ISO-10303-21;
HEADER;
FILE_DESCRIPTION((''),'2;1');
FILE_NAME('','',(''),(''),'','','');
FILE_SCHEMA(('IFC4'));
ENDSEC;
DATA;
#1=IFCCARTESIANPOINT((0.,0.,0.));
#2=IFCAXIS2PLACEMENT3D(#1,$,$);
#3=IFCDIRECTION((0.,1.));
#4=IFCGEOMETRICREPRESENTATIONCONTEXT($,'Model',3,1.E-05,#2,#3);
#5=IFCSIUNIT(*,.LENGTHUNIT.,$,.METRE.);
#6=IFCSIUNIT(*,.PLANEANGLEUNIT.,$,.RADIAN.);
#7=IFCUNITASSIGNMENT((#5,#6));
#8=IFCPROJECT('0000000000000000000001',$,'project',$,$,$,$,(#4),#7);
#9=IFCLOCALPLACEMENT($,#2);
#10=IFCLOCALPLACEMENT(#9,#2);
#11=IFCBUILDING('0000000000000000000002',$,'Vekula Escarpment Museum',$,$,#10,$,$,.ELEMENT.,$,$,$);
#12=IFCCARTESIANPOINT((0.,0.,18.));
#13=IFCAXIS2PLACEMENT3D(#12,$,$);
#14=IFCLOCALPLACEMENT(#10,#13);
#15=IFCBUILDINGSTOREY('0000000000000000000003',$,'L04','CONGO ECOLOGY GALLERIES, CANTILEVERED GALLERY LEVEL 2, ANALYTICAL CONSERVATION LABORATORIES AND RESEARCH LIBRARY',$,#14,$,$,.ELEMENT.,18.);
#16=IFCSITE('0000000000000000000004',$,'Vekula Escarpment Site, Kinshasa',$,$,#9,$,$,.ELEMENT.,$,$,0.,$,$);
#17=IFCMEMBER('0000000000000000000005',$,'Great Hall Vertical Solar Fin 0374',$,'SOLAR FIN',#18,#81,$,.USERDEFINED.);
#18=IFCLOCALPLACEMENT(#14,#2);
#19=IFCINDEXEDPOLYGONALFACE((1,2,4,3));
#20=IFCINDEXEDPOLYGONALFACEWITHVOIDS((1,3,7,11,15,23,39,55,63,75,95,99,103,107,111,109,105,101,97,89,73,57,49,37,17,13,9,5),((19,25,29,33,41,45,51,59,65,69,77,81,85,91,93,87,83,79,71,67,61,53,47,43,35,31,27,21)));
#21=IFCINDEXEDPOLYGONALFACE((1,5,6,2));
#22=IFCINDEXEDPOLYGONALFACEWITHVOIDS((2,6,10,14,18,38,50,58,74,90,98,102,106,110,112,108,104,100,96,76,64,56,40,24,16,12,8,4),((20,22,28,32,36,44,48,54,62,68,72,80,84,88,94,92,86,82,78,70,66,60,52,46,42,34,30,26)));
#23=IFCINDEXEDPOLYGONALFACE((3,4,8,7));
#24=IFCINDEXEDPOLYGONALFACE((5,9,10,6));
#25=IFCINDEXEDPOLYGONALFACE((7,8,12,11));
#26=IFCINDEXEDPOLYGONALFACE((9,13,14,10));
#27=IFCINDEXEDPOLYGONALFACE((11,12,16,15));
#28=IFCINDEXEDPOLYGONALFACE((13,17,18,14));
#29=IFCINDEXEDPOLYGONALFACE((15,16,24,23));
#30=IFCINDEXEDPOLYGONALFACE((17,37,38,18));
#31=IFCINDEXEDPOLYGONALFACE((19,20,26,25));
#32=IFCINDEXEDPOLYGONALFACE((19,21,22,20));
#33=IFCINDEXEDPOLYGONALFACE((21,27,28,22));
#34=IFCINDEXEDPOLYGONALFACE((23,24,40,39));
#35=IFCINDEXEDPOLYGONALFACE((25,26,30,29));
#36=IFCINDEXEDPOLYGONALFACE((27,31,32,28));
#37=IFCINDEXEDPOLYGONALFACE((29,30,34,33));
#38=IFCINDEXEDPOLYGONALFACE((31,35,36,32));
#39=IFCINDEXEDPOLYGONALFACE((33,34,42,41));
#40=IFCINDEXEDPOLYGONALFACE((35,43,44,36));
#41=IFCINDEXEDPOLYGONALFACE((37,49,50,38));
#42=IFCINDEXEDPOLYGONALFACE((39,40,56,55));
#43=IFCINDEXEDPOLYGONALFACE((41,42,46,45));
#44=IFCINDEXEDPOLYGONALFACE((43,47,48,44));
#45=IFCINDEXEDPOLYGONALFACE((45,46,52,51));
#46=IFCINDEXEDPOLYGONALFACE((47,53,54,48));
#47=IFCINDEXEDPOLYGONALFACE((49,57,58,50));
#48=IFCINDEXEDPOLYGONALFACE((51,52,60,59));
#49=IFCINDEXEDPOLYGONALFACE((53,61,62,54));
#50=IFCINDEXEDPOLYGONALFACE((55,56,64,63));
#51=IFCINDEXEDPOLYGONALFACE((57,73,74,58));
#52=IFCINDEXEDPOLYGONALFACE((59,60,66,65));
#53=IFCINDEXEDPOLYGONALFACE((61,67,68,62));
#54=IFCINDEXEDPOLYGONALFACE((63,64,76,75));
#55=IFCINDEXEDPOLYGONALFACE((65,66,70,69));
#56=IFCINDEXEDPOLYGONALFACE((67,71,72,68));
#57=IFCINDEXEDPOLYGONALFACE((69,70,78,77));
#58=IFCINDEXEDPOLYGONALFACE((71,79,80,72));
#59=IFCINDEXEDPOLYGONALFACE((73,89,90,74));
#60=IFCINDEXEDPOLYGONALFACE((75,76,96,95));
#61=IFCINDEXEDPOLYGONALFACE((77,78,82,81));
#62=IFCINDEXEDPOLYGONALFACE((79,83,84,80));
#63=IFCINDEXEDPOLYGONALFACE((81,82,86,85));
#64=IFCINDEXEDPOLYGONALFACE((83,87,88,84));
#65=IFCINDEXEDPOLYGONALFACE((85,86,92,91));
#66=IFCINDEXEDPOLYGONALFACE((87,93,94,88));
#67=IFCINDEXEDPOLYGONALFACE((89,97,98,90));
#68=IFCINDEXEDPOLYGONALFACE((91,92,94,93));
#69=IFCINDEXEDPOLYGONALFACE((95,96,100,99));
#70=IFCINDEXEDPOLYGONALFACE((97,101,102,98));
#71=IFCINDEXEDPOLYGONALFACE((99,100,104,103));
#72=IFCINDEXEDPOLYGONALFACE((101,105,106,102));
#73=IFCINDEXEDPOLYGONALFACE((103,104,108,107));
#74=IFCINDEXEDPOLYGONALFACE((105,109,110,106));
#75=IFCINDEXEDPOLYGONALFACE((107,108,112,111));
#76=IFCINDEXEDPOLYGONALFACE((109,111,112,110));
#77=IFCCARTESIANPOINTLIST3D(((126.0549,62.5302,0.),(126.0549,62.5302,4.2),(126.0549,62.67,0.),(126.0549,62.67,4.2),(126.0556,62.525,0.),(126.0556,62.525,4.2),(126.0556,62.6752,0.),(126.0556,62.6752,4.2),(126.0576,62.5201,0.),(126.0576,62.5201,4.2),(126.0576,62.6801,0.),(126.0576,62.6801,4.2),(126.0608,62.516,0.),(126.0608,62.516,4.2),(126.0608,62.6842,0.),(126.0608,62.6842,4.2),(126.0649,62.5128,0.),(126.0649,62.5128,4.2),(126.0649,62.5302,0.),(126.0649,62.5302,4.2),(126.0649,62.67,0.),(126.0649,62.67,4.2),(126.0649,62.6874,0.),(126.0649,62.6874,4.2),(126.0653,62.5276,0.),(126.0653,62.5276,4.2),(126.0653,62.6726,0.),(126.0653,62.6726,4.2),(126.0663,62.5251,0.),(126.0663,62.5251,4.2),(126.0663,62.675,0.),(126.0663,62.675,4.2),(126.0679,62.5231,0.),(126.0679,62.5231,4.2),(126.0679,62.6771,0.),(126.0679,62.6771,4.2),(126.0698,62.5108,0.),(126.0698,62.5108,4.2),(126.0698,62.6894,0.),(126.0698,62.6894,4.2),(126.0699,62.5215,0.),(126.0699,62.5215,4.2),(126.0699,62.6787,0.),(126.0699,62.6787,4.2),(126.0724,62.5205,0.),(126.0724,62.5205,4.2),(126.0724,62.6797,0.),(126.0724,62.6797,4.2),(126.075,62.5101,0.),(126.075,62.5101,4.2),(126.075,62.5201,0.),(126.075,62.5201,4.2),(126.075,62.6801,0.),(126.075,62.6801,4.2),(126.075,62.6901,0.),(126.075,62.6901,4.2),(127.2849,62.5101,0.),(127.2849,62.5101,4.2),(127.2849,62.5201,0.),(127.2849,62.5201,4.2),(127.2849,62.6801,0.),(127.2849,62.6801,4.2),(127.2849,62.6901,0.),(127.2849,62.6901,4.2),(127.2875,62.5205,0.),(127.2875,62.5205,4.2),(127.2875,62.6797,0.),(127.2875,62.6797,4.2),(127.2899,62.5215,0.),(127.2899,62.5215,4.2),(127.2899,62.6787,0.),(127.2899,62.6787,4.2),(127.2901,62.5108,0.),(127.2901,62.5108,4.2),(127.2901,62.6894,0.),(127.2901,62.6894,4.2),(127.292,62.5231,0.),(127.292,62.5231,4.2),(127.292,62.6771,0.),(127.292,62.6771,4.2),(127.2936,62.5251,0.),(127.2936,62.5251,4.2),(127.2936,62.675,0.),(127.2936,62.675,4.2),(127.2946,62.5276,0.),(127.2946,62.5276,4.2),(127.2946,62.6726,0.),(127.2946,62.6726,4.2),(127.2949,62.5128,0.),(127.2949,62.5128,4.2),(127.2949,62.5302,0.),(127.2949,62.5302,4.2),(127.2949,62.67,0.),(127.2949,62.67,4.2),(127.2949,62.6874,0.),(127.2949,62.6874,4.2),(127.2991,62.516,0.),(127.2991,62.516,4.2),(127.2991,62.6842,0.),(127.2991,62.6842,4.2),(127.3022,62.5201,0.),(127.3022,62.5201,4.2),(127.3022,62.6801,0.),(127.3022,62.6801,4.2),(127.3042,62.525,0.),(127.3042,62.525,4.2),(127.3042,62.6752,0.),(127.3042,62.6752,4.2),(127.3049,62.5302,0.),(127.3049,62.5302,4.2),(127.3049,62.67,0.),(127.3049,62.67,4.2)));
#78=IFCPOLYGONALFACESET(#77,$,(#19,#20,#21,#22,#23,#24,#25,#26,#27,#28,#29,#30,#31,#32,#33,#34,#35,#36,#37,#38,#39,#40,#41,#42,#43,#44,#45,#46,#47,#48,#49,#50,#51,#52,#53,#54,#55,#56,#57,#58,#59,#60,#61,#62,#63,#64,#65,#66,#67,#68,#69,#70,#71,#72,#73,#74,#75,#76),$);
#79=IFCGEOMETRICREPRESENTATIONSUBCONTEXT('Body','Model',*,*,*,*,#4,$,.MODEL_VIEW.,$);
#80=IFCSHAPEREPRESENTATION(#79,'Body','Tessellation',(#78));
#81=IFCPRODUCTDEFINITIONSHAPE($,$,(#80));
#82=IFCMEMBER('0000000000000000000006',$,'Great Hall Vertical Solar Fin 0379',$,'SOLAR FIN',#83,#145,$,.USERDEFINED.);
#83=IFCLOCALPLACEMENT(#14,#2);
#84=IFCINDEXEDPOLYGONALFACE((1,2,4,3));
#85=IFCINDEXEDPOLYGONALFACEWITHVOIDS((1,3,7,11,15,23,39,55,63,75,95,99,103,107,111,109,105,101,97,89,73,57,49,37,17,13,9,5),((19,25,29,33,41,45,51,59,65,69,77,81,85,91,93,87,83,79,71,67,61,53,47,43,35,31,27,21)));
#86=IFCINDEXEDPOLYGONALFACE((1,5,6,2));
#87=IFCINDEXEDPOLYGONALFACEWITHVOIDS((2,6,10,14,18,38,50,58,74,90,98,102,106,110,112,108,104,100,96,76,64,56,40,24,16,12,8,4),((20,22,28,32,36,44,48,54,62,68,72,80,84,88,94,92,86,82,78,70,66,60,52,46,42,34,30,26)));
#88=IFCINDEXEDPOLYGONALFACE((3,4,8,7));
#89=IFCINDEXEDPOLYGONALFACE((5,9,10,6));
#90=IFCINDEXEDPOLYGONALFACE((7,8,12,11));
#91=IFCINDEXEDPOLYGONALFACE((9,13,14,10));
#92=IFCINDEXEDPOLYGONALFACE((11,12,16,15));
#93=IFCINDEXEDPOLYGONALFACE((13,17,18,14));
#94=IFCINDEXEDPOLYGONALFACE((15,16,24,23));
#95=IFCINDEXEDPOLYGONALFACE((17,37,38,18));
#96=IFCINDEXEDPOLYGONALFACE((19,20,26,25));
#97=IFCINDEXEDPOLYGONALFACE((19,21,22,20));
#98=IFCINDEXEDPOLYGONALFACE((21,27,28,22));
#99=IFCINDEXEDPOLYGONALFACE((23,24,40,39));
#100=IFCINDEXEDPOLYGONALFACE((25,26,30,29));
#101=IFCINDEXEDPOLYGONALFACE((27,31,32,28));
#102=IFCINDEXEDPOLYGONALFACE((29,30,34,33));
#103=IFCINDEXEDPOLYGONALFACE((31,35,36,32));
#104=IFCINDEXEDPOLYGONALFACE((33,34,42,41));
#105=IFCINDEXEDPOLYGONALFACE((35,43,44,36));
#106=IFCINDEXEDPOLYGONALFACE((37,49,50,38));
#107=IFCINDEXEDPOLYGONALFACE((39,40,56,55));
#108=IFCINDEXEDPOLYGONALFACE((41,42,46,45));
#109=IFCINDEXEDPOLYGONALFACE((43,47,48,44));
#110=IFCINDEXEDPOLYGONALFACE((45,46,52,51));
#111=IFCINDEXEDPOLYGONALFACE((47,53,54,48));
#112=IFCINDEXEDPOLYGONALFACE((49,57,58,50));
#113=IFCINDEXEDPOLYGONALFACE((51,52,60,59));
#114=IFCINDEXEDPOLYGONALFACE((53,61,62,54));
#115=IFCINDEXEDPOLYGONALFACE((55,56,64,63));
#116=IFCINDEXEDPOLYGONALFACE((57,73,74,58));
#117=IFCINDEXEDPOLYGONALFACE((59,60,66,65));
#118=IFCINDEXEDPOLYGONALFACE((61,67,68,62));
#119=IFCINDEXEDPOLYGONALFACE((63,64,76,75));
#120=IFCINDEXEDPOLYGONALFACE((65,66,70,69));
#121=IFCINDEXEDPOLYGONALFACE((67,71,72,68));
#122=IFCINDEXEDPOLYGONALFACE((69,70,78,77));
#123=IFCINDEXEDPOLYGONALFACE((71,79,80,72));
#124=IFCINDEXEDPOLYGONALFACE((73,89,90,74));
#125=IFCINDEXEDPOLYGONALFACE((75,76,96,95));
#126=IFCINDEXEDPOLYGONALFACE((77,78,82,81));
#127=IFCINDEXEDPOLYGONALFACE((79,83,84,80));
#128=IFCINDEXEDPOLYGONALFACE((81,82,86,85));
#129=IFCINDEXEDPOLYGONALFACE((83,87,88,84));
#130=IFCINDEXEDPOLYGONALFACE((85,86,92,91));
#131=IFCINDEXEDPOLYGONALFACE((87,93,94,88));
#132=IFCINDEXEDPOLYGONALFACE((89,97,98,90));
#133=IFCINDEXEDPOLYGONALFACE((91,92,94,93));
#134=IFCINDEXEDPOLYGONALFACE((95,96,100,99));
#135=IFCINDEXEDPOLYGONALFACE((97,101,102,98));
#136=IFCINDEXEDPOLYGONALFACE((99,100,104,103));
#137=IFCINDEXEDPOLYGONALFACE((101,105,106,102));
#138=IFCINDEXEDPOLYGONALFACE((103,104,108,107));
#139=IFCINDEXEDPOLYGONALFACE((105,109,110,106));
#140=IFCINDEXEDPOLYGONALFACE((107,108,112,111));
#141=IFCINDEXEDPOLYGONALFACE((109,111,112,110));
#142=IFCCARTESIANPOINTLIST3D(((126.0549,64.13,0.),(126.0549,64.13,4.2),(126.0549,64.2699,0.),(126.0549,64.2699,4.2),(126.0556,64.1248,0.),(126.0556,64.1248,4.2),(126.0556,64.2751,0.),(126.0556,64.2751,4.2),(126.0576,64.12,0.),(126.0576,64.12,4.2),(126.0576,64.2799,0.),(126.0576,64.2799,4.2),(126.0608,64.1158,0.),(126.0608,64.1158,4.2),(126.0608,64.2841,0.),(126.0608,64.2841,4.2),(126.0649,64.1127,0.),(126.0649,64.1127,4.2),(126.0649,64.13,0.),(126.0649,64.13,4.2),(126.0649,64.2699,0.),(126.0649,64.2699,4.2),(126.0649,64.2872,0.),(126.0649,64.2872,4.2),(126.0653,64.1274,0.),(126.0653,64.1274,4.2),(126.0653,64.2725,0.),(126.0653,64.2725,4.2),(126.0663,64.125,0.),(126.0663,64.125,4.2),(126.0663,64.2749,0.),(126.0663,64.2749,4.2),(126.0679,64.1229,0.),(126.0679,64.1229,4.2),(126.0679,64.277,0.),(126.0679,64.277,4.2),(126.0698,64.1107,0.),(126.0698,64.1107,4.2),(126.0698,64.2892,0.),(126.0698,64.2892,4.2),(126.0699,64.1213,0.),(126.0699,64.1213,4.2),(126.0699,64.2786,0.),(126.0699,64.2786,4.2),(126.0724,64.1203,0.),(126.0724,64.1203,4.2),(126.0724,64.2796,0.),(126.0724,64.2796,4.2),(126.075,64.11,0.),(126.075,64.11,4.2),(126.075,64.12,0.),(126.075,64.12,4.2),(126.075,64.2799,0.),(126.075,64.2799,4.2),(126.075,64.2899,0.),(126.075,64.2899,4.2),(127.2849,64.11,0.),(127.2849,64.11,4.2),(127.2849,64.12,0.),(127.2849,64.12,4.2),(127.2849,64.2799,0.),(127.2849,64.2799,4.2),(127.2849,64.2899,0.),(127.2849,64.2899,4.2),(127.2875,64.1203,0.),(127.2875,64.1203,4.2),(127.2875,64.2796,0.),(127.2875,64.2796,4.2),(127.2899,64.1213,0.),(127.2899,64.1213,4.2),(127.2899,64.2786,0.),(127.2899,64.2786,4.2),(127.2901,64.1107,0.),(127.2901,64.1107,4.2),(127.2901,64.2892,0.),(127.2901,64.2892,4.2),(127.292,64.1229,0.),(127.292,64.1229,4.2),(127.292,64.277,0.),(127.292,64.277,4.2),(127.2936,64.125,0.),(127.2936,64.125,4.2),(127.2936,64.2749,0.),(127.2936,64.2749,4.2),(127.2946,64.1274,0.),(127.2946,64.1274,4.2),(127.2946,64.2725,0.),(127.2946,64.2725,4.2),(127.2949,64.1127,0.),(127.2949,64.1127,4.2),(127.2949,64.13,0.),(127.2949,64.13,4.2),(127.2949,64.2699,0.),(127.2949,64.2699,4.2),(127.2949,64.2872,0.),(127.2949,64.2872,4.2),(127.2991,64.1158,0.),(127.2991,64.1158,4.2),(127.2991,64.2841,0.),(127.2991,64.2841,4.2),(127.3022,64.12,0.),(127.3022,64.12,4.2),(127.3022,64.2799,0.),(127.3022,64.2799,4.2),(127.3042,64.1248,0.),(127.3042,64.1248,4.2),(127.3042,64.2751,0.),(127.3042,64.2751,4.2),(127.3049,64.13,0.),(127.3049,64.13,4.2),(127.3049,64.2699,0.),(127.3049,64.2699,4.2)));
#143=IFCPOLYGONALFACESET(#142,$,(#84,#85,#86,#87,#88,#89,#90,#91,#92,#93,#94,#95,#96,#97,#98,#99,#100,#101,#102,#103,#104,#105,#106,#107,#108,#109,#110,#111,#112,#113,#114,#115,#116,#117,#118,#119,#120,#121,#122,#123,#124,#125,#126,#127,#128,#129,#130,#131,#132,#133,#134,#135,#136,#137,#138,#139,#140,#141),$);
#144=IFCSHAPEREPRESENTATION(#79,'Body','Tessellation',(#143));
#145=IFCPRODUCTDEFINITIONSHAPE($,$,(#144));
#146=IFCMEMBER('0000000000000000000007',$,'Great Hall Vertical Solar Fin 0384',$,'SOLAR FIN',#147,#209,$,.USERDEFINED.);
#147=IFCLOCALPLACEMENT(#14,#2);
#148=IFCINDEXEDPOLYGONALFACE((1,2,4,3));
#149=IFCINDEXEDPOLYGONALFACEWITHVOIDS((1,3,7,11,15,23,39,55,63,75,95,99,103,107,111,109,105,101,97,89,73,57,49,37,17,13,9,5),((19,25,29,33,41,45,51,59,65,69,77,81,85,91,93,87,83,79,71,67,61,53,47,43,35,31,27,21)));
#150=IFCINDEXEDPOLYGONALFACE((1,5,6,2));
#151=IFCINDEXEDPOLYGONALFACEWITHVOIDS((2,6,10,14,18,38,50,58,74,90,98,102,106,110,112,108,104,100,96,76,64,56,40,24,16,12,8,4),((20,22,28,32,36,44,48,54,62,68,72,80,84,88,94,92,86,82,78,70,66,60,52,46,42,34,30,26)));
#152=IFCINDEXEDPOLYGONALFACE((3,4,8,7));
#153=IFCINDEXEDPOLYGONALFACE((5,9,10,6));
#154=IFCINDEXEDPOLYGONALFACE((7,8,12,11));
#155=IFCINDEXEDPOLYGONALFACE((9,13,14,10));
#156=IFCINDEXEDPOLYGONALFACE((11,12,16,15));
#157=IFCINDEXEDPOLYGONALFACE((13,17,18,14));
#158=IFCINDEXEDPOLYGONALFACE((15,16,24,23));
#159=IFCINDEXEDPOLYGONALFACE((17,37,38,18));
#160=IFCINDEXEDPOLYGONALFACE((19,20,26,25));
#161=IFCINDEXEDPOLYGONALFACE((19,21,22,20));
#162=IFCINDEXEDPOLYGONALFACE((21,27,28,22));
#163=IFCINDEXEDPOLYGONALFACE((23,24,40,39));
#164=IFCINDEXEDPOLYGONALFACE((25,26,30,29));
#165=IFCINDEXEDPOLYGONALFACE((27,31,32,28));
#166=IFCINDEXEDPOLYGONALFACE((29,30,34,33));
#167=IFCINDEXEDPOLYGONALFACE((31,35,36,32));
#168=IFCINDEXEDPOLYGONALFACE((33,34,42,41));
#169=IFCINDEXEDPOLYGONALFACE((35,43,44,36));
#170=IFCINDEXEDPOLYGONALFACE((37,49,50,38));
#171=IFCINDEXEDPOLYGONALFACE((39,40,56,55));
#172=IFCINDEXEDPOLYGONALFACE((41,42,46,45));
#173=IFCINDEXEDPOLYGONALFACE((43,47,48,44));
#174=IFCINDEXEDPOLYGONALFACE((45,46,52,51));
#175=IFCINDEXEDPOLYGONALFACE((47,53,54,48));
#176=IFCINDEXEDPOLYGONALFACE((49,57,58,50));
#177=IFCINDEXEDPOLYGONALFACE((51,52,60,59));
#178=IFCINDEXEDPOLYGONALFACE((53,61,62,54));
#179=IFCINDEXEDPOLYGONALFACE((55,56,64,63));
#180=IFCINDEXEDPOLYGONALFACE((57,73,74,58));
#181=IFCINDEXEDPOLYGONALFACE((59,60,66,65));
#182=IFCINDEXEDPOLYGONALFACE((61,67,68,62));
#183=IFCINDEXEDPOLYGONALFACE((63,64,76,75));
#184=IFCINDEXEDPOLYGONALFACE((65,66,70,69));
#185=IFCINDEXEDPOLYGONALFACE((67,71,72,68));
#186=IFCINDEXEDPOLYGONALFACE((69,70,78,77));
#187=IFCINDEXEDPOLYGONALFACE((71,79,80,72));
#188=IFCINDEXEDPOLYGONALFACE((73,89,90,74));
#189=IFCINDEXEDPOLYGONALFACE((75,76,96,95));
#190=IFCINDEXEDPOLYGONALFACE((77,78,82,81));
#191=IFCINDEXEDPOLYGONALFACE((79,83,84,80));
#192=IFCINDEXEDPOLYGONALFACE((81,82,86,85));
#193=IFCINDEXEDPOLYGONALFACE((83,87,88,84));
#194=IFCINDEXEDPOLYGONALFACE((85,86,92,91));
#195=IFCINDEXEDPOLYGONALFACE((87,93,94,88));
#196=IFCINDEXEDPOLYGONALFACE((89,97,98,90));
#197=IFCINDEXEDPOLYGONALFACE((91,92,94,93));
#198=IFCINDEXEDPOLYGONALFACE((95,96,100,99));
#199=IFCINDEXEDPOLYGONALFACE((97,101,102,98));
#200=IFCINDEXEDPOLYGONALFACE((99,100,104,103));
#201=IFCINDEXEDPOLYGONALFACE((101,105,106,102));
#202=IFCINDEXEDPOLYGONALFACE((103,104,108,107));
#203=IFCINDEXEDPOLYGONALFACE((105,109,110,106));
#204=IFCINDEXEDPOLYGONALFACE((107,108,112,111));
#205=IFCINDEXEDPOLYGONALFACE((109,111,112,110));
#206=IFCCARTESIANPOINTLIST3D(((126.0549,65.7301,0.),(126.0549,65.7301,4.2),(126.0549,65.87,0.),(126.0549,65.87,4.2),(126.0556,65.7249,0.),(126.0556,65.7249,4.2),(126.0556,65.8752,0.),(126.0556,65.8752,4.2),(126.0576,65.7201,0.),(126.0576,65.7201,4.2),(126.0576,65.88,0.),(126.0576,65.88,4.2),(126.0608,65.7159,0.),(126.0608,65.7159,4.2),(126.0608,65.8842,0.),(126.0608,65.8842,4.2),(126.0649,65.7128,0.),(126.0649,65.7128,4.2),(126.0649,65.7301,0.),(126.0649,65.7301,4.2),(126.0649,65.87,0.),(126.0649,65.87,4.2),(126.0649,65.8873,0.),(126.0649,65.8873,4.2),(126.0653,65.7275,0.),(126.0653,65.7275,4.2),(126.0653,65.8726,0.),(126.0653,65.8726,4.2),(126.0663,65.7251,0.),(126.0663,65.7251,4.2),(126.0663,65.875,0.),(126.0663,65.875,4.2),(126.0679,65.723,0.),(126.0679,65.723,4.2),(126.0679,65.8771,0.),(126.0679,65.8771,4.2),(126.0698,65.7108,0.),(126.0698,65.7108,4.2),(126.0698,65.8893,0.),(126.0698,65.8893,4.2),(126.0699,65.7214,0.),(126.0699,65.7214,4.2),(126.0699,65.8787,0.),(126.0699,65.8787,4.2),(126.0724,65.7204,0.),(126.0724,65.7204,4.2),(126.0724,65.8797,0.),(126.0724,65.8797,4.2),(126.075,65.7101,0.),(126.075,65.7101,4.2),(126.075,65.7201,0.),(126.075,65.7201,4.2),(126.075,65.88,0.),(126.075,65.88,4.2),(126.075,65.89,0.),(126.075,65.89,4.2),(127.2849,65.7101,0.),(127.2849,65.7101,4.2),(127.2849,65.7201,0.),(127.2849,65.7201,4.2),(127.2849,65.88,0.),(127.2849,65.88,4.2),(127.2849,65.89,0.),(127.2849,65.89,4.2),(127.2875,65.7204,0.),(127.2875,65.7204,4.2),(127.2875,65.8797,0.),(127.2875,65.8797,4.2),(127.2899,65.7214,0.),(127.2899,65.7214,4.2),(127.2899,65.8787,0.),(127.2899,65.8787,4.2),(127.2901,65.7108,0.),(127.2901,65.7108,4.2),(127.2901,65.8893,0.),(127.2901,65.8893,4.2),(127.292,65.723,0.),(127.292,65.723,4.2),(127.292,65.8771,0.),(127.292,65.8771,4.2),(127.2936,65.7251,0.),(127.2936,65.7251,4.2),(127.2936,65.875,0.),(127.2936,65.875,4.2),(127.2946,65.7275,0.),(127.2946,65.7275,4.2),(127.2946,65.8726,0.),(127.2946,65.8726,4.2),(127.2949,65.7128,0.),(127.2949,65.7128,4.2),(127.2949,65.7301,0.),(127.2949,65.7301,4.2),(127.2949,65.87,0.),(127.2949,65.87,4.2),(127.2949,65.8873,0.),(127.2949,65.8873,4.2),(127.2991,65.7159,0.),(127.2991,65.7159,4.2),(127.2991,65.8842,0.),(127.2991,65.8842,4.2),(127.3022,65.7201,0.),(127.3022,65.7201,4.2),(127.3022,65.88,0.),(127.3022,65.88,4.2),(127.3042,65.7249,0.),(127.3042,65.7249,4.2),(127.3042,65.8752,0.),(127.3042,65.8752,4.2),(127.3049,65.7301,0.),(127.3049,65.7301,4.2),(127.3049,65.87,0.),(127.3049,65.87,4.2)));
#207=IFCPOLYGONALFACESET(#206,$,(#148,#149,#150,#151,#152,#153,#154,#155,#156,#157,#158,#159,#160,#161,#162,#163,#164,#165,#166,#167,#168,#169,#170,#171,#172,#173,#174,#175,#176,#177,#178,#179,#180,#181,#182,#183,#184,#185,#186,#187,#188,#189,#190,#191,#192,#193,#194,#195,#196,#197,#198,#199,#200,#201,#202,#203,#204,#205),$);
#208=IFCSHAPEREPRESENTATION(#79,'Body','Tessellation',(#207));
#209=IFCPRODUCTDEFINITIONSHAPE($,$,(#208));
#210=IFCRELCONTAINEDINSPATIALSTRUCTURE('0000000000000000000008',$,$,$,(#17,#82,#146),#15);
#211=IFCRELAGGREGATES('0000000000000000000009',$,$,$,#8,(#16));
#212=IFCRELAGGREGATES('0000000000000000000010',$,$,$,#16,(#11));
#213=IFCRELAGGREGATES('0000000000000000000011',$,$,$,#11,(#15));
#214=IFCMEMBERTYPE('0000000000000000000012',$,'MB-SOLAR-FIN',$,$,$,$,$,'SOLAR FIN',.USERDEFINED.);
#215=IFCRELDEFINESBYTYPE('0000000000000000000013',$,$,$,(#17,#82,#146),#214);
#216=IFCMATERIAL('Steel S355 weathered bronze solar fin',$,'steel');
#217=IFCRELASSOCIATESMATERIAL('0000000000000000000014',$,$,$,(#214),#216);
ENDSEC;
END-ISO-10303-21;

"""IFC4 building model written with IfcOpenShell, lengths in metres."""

from ifc_helpers import new_model, si_unit, direction, frame, origin, origin_2d, place, context, subcontext, project, spatial, hollow_rectangle, extrude, material, material_profile, profile_set, type_object, element, save


model = new_model("IFC4")

# Units and contexts
model_context = context("Model", 3, precision=1e-05, world=origin(), true_north=direction((0.0, 1.0)))
body_context = subcontext(model_context, "Body", "Model", "MODEL_VIEW")
ifc_project = project(units=[si_unit("LENGTHUNIT", "METRE"), si_unit("PLANEANGLEUNIT", "RADIAN")], contexts=[model_context])

# Site, building, storey
site_placement = place(None, origin())
site = spatial("IfcSite", under=ifc_project, at=site_placement, Name="Vekula Escarpment Site, Kinshasa", CompositionType="ELEMENT", RefElevation=0.0)
building_placement = place(site_placement, origin())
building = spatial("IfcBuilding", under=site, at=building_placement, Name="Vekula Escarpment Museum", CompositionType="ELEMENT")
storey_placement = place(building_placement, frame((0.0, 0.0, 18.0)))
storey = spatial("IfcBuildingStorey", under=building, at=storey_placement, Name="L04", Description="CONGO ECOLOGY GALLERIES, CANTILEVERED GALLERY LEVEL 2, ANALYTICAL CONSERVATION LABORATORIES AND RESEARCH LIBRARY", CompositionType="ELEMENT", Elevation=18.0)

# Members
ifc_material_1 = material(Name="Steel S355 weathered bronze solar fin", Category="steel")
ifc_material_profile_1 = material_profile(ifc_material_1, hollow_rectangle(XDim=0.1799, YDim=1.25, WallThickness=0.01, InnerFilletRadius=0.01, OuterFilletRadius=0.02, at=origin_2d()), Name="RHS 1250x180x10")
ifc_profile_set_1 = profile_set([ifc_material_profile_1], Name="Steel S355 weathered bronze solar fin")
member_type_1 = type_object("IfcMemberType", Name="MB-SOLAR-FIN", ElementType="SOLAR FIN", PredefinedType="USERDEFINED", material=ifc_profile_set_1)
for number, where, z_axis, x_axis, name in (
    (1, (126.6799, 62.6001, 0.0), (0.0, 0.0, 1.0), (0.0, 1.0, 0.0), "Great Hall Vertical Solar Fin 0374"),
    (2, (126.6799, 64.2, 0.0), (0.0, 0.0, 1.0), (0.0, 1.0, 0.0), "Great Hall Vertical Solar Fin 0379"),
    (3, (126.6799, 65.8, 0.0), (0.0, 0.0, 1.0), (0.0, 1.0, 0.0), "Great Hall Vertical Solar Fin 0384"),
):
    element("IfcMember", number, at=place(storey_placement, frame(where, z_axis=z_axis, x_axis=x_axis)), inside=storey, type_object=member_type_1, Name=name, ObjectType="SOLAR FIN", PredefinedType="USERDEFINED", context=body_context, shape_type="SweptSolid", body=[
        extrude(hollow_rectangle(XDim=0.1799, YDim=1.25, WallThickness=0.01, InnerFilletRadius=0.01, OuterFilletRadius=0.02, at=origin_2d()), origin(), (0.0, 0.0, 1.0), 4.2),
    ])

save(model, "model.ifc")
